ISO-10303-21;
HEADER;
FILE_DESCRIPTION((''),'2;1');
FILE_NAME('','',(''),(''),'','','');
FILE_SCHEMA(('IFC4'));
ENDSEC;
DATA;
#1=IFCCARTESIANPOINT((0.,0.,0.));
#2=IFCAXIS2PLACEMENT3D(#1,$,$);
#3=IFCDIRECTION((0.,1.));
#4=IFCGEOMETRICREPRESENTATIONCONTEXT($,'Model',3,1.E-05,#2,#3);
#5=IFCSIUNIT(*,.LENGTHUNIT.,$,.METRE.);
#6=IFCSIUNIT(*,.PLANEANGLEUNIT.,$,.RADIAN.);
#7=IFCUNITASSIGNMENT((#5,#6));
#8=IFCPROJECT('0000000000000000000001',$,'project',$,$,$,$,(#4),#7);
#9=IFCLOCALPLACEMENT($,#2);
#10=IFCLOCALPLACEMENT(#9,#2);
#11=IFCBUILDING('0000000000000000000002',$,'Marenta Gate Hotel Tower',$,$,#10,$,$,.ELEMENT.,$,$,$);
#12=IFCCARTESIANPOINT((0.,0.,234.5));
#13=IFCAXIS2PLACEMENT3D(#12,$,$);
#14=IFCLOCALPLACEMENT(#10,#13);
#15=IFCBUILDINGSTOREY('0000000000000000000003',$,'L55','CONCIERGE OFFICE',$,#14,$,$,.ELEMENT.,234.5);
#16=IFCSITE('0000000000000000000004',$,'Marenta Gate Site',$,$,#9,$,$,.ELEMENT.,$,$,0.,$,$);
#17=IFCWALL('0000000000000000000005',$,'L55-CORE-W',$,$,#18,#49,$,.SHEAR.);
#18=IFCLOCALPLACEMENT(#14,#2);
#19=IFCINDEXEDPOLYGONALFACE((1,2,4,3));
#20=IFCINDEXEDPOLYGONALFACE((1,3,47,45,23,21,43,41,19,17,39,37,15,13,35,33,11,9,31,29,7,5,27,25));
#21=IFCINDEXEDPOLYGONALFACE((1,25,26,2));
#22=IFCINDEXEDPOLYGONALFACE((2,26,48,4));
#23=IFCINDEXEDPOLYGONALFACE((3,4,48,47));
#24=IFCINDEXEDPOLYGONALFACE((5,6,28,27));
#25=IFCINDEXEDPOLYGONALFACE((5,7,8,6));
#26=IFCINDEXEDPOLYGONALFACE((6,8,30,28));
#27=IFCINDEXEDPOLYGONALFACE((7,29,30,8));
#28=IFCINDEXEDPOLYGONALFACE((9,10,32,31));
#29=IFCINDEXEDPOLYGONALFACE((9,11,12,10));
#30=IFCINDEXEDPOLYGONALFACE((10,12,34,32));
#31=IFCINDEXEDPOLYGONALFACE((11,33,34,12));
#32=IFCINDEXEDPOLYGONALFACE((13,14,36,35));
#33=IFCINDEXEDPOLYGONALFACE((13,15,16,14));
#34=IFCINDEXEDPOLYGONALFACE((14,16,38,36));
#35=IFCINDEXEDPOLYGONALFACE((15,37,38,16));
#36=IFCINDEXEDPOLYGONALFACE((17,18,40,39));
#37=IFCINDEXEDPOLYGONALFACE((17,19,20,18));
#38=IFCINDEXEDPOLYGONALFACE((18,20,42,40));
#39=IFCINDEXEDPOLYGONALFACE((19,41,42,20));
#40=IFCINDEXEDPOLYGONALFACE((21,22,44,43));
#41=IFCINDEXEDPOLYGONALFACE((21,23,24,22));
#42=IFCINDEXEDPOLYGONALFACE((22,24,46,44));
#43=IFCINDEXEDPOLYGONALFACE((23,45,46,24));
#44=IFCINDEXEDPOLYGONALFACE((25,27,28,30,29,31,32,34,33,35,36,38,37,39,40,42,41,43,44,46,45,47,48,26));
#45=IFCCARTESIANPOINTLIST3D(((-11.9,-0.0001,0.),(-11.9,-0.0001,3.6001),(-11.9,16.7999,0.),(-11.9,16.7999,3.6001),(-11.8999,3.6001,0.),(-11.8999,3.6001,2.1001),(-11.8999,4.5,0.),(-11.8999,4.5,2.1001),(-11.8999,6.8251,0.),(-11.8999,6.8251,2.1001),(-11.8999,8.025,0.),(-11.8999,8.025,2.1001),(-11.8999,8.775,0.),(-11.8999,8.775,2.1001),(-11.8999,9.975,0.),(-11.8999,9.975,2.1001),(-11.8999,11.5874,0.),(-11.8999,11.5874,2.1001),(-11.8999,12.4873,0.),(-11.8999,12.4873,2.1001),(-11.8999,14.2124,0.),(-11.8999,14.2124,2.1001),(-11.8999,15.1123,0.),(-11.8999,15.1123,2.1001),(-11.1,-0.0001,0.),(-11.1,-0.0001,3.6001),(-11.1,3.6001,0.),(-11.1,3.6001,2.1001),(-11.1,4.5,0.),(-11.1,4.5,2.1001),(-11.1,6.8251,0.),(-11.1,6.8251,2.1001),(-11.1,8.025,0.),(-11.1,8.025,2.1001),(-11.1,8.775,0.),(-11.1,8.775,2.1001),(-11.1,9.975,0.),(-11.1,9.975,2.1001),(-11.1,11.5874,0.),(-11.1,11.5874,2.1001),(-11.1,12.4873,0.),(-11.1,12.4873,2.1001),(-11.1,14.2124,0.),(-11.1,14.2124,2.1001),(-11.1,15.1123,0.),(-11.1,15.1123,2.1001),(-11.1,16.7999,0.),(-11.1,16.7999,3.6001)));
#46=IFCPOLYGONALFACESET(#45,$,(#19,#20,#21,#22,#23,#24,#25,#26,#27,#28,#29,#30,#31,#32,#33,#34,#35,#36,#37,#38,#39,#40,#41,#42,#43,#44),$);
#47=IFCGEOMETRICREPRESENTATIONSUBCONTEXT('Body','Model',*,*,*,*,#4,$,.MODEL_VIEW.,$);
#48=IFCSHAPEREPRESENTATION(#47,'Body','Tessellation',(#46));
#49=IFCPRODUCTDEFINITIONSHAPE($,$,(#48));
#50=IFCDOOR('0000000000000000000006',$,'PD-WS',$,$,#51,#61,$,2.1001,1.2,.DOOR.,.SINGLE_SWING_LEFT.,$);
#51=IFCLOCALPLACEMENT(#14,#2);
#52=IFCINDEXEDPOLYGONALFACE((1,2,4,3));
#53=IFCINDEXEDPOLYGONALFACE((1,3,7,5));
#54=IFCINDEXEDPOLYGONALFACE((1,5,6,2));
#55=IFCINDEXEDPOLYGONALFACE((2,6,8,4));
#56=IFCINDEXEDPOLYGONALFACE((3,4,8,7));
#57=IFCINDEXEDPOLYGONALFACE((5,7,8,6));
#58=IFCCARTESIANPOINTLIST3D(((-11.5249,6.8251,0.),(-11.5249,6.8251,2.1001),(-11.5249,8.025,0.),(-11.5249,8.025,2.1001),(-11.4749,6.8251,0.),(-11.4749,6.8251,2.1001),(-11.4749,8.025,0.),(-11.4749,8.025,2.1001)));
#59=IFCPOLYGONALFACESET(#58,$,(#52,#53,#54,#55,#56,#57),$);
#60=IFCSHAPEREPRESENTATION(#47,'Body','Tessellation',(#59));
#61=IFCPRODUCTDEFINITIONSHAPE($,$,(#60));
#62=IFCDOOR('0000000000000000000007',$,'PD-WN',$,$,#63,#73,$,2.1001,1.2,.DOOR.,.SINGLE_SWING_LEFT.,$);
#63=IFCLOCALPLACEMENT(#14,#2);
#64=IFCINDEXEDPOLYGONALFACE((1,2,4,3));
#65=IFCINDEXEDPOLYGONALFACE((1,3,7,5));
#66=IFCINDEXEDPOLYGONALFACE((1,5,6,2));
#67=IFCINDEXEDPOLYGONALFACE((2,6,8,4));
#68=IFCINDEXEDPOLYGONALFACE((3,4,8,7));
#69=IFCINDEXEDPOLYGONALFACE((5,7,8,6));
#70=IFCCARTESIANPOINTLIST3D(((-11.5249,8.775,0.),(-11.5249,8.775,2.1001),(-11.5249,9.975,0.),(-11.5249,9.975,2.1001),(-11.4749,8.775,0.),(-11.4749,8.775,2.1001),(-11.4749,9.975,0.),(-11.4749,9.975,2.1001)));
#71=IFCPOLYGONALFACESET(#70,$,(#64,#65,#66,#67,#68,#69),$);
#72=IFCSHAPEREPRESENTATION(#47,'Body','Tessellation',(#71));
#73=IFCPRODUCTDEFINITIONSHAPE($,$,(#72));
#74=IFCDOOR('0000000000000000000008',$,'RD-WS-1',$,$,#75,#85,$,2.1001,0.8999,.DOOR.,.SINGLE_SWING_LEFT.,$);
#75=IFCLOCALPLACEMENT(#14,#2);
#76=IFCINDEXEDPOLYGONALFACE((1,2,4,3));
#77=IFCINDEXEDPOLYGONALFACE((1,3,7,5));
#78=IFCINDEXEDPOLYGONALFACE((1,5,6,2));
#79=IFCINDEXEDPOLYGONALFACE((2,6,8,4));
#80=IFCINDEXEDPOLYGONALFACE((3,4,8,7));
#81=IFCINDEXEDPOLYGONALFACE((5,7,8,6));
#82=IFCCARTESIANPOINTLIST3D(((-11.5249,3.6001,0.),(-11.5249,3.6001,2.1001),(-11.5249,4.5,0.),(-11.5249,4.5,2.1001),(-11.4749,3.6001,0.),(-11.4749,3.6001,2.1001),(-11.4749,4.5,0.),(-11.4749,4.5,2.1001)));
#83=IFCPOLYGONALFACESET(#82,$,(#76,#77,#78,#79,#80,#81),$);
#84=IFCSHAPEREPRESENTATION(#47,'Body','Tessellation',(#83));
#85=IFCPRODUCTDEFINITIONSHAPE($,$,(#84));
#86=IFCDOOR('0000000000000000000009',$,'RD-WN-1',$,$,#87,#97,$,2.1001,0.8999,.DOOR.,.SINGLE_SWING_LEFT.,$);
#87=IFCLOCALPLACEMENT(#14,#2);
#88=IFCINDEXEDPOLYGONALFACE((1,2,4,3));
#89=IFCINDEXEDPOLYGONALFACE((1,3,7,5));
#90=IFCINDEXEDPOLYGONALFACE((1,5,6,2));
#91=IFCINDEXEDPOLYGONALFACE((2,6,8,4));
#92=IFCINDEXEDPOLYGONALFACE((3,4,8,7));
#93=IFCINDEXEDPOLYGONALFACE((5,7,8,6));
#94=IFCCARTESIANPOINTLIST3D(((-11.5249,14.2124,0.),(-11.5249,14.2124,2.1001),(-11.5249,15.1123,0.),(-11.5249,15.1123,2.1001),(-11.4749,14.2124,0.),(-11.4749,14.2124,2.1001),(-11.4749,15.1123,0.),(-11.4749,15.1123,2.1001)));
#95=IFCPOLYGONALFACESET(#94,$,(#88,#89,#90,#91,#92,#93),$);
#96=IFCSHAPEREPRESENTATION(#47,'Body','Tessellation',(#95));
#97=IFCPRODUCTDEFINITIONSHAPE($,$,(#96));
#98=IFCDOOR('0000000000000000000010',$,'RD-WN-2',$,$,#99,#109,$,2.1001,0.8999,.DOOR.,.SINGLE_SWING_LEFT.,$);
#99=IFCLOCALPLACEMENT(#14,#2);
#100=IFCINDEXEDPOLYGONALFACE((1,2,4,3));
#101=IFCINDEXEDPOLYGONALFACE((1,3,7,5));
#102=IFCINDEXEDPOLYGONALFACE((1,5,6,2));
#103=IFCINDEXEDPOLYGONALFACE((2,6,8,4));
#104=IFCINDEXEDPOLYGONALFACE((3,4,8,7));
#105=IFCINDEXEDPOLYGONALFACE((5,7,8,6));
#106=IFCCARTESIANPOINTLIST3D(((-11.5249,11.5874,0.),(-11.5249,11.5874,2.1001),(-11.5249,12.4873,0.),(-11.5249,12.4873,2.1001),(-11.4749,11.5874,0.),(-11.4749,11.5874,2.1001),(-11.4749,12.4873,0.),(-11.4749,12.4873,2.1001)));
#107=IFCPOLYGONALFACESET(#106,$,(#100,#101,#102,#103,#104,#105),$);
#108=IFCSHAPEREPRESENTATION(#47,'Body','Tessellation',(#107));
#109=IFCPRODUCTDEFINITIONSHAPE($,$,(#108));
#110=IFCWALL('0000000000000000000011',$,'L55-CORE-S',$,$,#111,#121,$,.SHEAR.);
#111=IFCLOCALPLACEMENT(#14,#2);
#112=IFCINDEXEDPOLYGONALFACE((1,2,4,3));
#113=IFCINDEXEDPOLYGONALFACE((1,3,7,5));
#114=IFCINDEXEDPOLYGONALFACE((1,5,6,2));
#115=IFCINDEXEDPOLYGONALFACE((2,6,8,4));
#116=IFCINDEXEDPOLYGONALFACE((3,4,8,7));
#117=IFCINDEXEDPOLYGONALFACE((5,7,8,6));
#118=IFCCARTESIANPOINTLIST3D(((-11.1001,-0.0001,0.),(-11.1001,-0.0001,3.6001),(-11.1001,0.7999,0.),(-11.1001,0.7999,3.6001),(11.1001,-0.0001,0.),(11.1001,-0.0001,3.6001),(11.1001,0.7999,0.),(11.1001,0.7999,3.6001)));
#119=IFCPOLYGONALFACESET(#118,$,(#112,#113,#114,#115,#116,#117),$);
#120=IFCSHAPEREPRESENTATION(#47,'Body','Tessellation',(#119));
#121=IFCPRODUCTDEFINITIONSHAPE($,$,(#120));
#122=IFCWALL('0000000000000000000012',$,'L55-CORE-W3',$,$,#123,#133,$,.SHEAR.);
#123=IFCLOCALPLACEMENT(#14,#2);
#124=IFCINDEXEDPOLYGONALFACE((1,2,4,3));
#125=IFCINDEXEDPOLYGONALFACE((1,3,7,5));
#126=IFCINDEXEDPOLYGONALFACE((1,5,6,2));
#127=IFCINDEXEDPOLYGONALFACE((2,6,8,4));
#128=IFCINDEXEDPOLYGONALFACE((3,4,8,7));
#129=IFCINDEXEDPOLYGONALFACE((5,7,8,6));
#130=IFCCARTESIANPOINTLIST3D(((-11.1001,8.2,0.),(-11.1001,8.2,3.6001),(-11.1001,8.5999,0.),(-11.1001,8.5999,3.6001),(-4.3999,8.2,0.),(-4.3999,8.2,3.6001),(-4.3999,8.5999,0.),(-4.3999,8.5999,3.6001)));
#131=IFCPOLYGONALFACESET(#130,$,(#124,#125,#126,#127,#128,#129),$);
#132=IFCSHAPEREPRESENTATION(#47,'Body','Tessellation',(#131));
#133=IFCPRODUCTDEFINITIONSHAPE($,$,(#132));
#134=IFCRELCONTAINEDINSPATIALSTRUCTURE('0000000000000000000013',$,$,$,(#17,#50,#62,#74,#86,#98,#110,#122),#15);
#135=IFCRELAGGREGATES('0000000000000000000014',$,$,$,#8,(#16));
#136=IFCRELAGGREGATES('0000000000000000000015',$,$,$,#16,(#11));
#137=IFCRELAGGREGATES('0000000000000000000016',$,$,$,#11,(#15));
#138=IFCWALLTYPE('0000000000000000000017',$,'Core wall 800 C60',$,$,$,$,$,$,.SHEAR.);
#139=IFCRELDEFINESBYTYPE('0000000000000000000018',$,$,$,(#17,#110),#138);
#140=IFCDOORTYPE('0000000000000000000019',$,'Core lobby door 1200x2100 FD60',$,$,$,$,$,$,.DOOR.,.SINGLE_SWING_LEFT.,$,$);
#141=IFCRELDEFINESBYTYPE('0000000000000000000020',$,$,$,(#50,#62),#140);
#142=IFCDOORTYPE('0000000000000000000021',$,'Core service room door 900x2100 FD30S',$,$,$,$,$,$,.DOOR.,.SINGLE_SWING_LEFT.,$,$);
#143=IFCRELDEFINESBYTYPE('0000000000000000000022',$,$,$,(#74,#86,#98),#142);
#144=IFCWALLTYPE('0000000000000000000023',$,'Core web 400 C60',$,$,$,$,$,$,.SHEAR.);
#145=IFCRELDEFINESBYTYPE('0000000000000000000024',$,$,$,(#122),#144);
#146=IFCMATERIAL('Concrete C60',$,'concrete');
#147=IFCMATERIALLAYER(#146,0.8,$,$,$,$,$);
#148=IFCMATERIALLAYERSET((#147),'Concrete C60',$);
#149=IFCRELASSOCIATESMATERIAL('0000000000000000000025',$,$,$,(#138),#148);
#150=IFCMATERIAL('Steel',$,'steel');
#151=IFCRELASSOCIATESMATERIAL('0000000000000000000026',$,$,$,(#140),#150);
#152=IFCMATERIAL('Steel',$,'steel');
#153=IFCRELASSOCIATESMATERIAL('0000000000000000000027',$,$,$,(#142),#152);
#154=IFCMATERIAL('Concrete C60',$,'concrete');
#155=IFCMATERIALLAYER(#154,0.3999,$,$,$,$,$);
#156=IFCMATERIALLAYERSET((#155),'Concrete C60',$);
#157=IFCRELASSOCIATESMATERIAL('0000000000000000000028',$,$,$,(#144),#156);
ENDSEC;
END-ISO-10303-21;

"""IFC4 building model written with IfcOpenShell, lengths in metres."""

from ifc_helpers import new_model, si_unit, direction, frame, frame_2d, origin, place, context, subcontext, project, spatial, rectangle, extrude, material, layer, layer_set, type_object, element, fill, save


model = new_model("IFC4")

# Units and contexts
model_context = context("Model", 3, precision=1e-05, world=origin(), true_north=direction((0.0, 1.0)))
body_context = subcontext(model_context, "Body", "Model", "MODEL_VIEW")
ifc_project = project(units=[si_unit("LENGTHUNIT", "METRE"), si_unit("PLANEANGLEUNIT", "RADIAN")], contexts=[model_context])

# Site, building, storey
site_placement = place(None, origin())
site = spatial("IfcSite", under=ifc_project, at=site_placement, Name="Marenta Gate Site", CompositionType="ELEMENT", RefElevation=0.0)
building_placement = place(site_placement, origin())
building = spatial("IfcBuilding", under=site, at=building_placement, Name="Marenta Gate Hotel Tower", CompositionType="ELEMENT")
storey_placement = place(building_placement, frame((0.0, 0.0, 234.5)))
storey = spatial("IfcBuildingStorey", under=building, at=storey_placement, Name="L55", Description="CONCIERGE OFFICE", CompositionType="ELEMENT", Elevation=234.5)

# Wall, openings, doors
ifc_material_1 = material(Name="Concrete C60", Category="concrete")
ifc_layer_1 = layer(ifc_material_1, 0.8)
ifc_layer_set_1 = layer_set([ifc_layer_1], Name="Concrete C60")
wall_type_1 = type_object("IfcWallType", Name="Core wall 800 C60", PredefinedType="SHEAR", material=ifc_layer_set_1)
wall_1_placement = place(storey_placement, frame((-11.5, 0.0, 0.0), z_axis=(0.0, 0.0, 1.0), x_axis=(0.0, 1.0, 0.0)))
wall_1 = element("IfcWall", 1, at=wall_1_placement, inside=storey, type_object=wall_type_1, Name="L55-CORE-W", PredefinedType="SHEAR", context=body_context, shape_type="SweptSolid", body=[
    extrude(rectangle(XDim=16.8, YDim=0.8, at=frame_2d((8.3999, 0.0))), origin(), (0.0, 0.0, 1.0), 3.6001),
])
opening_1_placement = place(wall_1_placement, frame((3.6001, 0.0, 0.0)))
opening_1 = element("IfcOpeningElement", 2, at=opening_1_placement, cuts=wall_1, PredefinedType="OPENING", context=body_context, shape_type="SweptSolid", body=[
    extrude(rectangle(XDim=0.8999, YDim=2.1001, at=frame_2d((0.45, 1.05))), frame((0.0, 0.3999, 0.0), z_axis=(0.0, -1.0, 0.0), x_axis=(1.0, 0.0, 0.0)), (0.0, 0.0, 1.0), 0.8),
])
opening_2_placement = place(wall_1_placement, frame((6.825, 0.0, 0.0)))
opening_2 = element("IfcOpeningElement", 3, at=opening_2_placement, cuts=wall_1, PredefinedType="OPENING", context=body_context, shape_type="SweptSolid", body=[
    extrude(rectangle(XDim=1.2, YDim=2.1001, at=frame_2d((0.6001, 1.05))), frame((0.0, 0.3999, 0.0), z_axis=(0.0, -1.0, 0.0), x_axis=(1.0, 0.0, 0.0)), (0.0, 0.0, 1.0), 0.8),
])
opening_3_placement = place(wall_1_placement, frame((14.2124, 0.0, 0.0)))
opening_3 = element("IfcOpeningElement", 4, at=opening_3_placement, cuts=wall_1, PredefinedType="OPENING", context=body_context, shape_type="SweptSolid", body=[
    extrude(rectangle(XDim=0.8999, YDim=2.1001, at=frame_2d((0.45, 1.05))), frame((0.0, 0.3999, 0.0), z_axis=(0.0, -1.0, 0.0), x_axis=(1.0, 0.0, 0.0)), (0.0, 0.0, 1.0), 0.8),
])
opening_4_placement = place(wall_1_placement, frame((11.5874, 0.0, 0.0)))
opening_4 = element("IfcOpeningElement", 5, at=opening_4_placement, cuts=wall_1, PredefinedType="OPENING", context=body_context, shape_type="SweptSolid", body=[
    extrude(rectangle(XDim=0.8999, YDim=2.1001, at=frame_2d((0.45, 1.05))), frame((0.0, 0.3999, 0.0), z_axis=(0.0, -1.0, 0.0), x_axis=(1.0, 0.0, 0.0)), (0.0, 0.0, 1.0), 0.8),
])
opening_5_placement = place(wall_1_placement, frame((8.7749, 0.0, 0.0)))
opening_5 = element("IfcOpeningElement", 6, at=opening_5_placement, cuts=wall_1, PredefinedType="OPENING", context=body_context, shape_type="SweptSolid", body=[
    extrude(rectangle(XDim=1.2, YDim=2.1001, at=frame_2d((0.6001, 1.05))), frame((0.0, 0.3999, 0.0), z_axis=(0.0, -1.0, 0.0), x_axis=(1.0, 0.0, 0.0)), (0.0, 0.0, 1.0), 0.8),
])
ifc_material_2 = material(Name="Steel", Category="steel")
door_type_1 = type_object("IfcDoorType", Name="Core lobby door 1200x2100 FD60", OperationType="SINGLE_SWING_LEFT", PredefinedType="DOOR", material=ifc_material_2)
door_1_placement = place(opening_2_placement, origin())
door_1 = element("IfcDoor", 7, at=door_1_placement, inside=storey, type_object=door_type_1, Name="PD-WS", OperationType="SINGLE_SWING_LEFT", OverallHeight=2.1001, OverallWidth=1.2, PredefinedType="DOOR", context=body_context, shape_type="SweptSolid", body=[
    extrude(rectangle(XDim=1.2, YDim=2.1001, at=frame_2d((0.6001, 1.05))), frame((0.0, 0.0249, 0.0), z_axis=(0.0, -1.0, 0.0), x_axis=(1.0, 0.0, 0.0)), (0.0, 0.0, 1.0), 0.05),
])
fill(opening_2, door_1)
door_2_placement = place(opening_5_placement, origin())
door_2 = element("IfcDoor", 8, at=door_2_placement, inside=storey, type_object=door_type_1, Name="PD-WN", OperationType="SINGLE_SWING_LEFT", OverallHeight=2.1001, OverallWidth=1.2, PredefinedType="DOOR", context=body_context, shape_type="SweptSolid", body=[
    extrude(rectangle(XDim=1.2, YDim=2.1001, at=frame_2d((0.6001, 1.05))), frame((0.0, 0.0249, 0.0), z_axis=(0.0, -1.0, 0.0), x_axis=(1.0, 0.0, 0.0)), (0.0, 0.0, 1.0), 0.05),
])
fill(opening_5, door_2)
ifc_material_3 = material(Name="Steel", Category="steel")
door_type_2 = type_object("IfcDoorType", Name="Core service room door 900x2100 FD30S", OperationType="SINGLE_SWING_LEFT", PredefinedType="DOOR", material=ifc_material_3)
door_3_placement = place(opening_1_placement, origin())
door_3 = element("IfcDoor", 9, at=door_3_placement, inside=storey, type_object=door_type_2, Name="RD-WS-1", OperationType="SINGLE_SWING_LEFT", OverallHeight=2.1001, OverallWidth=0.8999, PredefinedType="DOOR", context=body_context, shape_type="SweptSolid", body=[
    extrude(rectangle(XDim=0.8999, YDim=2.1001, at=frame_2d((0.45, 1.05))), frame((0.0, 0.0249, 0.0), z_axis=(0.0, -1.0, 0.0), x_axis=(1.0, 0.0, 0.0)), (0.0, 0.0, 1.0), 0.05),
])
fill(opening_1, door_3)
door_4_placement = place(opening_3_placement, origin())
door_4 = element("IfcDoor", 10, at=door_4_placement, inside=storey, type_object=door_type_2, Name="RD-WN-1", OperationType="SINGLE_SWING_LEFT", OverallHeight=2.1001, OverallWidth=0.8999, PredefinedType="DOOR", context=body_context, shape_type="SweptSolid", body=[
    extrude(rectangle(XDim=0.8999, YDim=2.1001, at=frame_2d((0.45, 1.05))), frame((0.0, 0.0249, 0.0), z_axis=(0.0, -1.0, 0.0), x_axis=(1.0, 0.0, 0.0)), (0.0, 0.0, 1.0), 0.05),
])
fill(opening_3, door_4)
door_5_placement = place(opening_4_placement, origin())
door_5 = element("IfcDoor", 11, at=door_5_placement, inside=storey, type_object=door_type_2, Name="RD-WN-2", OperationType="SINGLE_SWING_LEFT", OverallHeight=2.1001, OverallWidth=0.8999, PredefinedType="DOOR", context=body_context, shape_type="SweptSolid", body=[
    extrude(rectangle(XDim=0.8999, YDim=2.1001, at=frame_2d((0.45, 1.05))), frame((0.0, 0.0249, 0.0), z_axis=(0.0, -1.0, 0.0), x_axis=(1.0, 0.0, 0.0)), (0.0, 0.0, 1.0), 0.05),
])
fill(opening_4, door_5)

# Walls
wall_2_placement = place(storey_placement, frame((-11.1001, 0.3999, 0.0), z_axis=(0.0, 0.0, 1.0), x_axis=(1.0, 0.0, 0.0)))
element("IfcWall", 12, at=wall_2_placement, inside=storey, type_object=wall_type_1, Name="L55-CORE-S", PredefinedType="SHEAR", context=body_context, shape_type="SweptSolid", body=[
    extrude(rectangle(XDim=22.2002, YDim=0.8, at=frame_2d((11.1001, 0.0))), origin(), (0.0, 0.0, 1.0), 3.6001),
])
ifc_material_4 = material(Name="Concrete C60", Category="concrete")
ifc_layer_2 = layer(ifc_material_4, 0.3999)
ifc_layer_set_2 = layer_set([ifc_layer_2], Name="Concrete C60")
wall_type_2 = type_object("IfcWallType", Name="Core web 400 C60", PredefinedType="SHEAR", material=ifc_layer_set_2)
wall_3_placement = place(storey_placement, frame((-11.1001, 8.3999, 0.0), z_axis=(0.0, 0.0, 1.0), x_axis=(1.0, 0.0, 0.0)))
element("IfcWall", 13, at=wall_3_placement, inside=storey, type_object=wall_type_2, Name="L55-CORE-W3", PredefinedType="SHEAR", context=body_context, shape_type="SweptSolid", body=[
    extrude(rectangle(XDim=6.7002, YDim=0.3999, at=frame_2d((3.3501, 0.0))), origin(), (0.0, 0.0, 1.0), 3.6001),
])

save(model, "model.ifc")
